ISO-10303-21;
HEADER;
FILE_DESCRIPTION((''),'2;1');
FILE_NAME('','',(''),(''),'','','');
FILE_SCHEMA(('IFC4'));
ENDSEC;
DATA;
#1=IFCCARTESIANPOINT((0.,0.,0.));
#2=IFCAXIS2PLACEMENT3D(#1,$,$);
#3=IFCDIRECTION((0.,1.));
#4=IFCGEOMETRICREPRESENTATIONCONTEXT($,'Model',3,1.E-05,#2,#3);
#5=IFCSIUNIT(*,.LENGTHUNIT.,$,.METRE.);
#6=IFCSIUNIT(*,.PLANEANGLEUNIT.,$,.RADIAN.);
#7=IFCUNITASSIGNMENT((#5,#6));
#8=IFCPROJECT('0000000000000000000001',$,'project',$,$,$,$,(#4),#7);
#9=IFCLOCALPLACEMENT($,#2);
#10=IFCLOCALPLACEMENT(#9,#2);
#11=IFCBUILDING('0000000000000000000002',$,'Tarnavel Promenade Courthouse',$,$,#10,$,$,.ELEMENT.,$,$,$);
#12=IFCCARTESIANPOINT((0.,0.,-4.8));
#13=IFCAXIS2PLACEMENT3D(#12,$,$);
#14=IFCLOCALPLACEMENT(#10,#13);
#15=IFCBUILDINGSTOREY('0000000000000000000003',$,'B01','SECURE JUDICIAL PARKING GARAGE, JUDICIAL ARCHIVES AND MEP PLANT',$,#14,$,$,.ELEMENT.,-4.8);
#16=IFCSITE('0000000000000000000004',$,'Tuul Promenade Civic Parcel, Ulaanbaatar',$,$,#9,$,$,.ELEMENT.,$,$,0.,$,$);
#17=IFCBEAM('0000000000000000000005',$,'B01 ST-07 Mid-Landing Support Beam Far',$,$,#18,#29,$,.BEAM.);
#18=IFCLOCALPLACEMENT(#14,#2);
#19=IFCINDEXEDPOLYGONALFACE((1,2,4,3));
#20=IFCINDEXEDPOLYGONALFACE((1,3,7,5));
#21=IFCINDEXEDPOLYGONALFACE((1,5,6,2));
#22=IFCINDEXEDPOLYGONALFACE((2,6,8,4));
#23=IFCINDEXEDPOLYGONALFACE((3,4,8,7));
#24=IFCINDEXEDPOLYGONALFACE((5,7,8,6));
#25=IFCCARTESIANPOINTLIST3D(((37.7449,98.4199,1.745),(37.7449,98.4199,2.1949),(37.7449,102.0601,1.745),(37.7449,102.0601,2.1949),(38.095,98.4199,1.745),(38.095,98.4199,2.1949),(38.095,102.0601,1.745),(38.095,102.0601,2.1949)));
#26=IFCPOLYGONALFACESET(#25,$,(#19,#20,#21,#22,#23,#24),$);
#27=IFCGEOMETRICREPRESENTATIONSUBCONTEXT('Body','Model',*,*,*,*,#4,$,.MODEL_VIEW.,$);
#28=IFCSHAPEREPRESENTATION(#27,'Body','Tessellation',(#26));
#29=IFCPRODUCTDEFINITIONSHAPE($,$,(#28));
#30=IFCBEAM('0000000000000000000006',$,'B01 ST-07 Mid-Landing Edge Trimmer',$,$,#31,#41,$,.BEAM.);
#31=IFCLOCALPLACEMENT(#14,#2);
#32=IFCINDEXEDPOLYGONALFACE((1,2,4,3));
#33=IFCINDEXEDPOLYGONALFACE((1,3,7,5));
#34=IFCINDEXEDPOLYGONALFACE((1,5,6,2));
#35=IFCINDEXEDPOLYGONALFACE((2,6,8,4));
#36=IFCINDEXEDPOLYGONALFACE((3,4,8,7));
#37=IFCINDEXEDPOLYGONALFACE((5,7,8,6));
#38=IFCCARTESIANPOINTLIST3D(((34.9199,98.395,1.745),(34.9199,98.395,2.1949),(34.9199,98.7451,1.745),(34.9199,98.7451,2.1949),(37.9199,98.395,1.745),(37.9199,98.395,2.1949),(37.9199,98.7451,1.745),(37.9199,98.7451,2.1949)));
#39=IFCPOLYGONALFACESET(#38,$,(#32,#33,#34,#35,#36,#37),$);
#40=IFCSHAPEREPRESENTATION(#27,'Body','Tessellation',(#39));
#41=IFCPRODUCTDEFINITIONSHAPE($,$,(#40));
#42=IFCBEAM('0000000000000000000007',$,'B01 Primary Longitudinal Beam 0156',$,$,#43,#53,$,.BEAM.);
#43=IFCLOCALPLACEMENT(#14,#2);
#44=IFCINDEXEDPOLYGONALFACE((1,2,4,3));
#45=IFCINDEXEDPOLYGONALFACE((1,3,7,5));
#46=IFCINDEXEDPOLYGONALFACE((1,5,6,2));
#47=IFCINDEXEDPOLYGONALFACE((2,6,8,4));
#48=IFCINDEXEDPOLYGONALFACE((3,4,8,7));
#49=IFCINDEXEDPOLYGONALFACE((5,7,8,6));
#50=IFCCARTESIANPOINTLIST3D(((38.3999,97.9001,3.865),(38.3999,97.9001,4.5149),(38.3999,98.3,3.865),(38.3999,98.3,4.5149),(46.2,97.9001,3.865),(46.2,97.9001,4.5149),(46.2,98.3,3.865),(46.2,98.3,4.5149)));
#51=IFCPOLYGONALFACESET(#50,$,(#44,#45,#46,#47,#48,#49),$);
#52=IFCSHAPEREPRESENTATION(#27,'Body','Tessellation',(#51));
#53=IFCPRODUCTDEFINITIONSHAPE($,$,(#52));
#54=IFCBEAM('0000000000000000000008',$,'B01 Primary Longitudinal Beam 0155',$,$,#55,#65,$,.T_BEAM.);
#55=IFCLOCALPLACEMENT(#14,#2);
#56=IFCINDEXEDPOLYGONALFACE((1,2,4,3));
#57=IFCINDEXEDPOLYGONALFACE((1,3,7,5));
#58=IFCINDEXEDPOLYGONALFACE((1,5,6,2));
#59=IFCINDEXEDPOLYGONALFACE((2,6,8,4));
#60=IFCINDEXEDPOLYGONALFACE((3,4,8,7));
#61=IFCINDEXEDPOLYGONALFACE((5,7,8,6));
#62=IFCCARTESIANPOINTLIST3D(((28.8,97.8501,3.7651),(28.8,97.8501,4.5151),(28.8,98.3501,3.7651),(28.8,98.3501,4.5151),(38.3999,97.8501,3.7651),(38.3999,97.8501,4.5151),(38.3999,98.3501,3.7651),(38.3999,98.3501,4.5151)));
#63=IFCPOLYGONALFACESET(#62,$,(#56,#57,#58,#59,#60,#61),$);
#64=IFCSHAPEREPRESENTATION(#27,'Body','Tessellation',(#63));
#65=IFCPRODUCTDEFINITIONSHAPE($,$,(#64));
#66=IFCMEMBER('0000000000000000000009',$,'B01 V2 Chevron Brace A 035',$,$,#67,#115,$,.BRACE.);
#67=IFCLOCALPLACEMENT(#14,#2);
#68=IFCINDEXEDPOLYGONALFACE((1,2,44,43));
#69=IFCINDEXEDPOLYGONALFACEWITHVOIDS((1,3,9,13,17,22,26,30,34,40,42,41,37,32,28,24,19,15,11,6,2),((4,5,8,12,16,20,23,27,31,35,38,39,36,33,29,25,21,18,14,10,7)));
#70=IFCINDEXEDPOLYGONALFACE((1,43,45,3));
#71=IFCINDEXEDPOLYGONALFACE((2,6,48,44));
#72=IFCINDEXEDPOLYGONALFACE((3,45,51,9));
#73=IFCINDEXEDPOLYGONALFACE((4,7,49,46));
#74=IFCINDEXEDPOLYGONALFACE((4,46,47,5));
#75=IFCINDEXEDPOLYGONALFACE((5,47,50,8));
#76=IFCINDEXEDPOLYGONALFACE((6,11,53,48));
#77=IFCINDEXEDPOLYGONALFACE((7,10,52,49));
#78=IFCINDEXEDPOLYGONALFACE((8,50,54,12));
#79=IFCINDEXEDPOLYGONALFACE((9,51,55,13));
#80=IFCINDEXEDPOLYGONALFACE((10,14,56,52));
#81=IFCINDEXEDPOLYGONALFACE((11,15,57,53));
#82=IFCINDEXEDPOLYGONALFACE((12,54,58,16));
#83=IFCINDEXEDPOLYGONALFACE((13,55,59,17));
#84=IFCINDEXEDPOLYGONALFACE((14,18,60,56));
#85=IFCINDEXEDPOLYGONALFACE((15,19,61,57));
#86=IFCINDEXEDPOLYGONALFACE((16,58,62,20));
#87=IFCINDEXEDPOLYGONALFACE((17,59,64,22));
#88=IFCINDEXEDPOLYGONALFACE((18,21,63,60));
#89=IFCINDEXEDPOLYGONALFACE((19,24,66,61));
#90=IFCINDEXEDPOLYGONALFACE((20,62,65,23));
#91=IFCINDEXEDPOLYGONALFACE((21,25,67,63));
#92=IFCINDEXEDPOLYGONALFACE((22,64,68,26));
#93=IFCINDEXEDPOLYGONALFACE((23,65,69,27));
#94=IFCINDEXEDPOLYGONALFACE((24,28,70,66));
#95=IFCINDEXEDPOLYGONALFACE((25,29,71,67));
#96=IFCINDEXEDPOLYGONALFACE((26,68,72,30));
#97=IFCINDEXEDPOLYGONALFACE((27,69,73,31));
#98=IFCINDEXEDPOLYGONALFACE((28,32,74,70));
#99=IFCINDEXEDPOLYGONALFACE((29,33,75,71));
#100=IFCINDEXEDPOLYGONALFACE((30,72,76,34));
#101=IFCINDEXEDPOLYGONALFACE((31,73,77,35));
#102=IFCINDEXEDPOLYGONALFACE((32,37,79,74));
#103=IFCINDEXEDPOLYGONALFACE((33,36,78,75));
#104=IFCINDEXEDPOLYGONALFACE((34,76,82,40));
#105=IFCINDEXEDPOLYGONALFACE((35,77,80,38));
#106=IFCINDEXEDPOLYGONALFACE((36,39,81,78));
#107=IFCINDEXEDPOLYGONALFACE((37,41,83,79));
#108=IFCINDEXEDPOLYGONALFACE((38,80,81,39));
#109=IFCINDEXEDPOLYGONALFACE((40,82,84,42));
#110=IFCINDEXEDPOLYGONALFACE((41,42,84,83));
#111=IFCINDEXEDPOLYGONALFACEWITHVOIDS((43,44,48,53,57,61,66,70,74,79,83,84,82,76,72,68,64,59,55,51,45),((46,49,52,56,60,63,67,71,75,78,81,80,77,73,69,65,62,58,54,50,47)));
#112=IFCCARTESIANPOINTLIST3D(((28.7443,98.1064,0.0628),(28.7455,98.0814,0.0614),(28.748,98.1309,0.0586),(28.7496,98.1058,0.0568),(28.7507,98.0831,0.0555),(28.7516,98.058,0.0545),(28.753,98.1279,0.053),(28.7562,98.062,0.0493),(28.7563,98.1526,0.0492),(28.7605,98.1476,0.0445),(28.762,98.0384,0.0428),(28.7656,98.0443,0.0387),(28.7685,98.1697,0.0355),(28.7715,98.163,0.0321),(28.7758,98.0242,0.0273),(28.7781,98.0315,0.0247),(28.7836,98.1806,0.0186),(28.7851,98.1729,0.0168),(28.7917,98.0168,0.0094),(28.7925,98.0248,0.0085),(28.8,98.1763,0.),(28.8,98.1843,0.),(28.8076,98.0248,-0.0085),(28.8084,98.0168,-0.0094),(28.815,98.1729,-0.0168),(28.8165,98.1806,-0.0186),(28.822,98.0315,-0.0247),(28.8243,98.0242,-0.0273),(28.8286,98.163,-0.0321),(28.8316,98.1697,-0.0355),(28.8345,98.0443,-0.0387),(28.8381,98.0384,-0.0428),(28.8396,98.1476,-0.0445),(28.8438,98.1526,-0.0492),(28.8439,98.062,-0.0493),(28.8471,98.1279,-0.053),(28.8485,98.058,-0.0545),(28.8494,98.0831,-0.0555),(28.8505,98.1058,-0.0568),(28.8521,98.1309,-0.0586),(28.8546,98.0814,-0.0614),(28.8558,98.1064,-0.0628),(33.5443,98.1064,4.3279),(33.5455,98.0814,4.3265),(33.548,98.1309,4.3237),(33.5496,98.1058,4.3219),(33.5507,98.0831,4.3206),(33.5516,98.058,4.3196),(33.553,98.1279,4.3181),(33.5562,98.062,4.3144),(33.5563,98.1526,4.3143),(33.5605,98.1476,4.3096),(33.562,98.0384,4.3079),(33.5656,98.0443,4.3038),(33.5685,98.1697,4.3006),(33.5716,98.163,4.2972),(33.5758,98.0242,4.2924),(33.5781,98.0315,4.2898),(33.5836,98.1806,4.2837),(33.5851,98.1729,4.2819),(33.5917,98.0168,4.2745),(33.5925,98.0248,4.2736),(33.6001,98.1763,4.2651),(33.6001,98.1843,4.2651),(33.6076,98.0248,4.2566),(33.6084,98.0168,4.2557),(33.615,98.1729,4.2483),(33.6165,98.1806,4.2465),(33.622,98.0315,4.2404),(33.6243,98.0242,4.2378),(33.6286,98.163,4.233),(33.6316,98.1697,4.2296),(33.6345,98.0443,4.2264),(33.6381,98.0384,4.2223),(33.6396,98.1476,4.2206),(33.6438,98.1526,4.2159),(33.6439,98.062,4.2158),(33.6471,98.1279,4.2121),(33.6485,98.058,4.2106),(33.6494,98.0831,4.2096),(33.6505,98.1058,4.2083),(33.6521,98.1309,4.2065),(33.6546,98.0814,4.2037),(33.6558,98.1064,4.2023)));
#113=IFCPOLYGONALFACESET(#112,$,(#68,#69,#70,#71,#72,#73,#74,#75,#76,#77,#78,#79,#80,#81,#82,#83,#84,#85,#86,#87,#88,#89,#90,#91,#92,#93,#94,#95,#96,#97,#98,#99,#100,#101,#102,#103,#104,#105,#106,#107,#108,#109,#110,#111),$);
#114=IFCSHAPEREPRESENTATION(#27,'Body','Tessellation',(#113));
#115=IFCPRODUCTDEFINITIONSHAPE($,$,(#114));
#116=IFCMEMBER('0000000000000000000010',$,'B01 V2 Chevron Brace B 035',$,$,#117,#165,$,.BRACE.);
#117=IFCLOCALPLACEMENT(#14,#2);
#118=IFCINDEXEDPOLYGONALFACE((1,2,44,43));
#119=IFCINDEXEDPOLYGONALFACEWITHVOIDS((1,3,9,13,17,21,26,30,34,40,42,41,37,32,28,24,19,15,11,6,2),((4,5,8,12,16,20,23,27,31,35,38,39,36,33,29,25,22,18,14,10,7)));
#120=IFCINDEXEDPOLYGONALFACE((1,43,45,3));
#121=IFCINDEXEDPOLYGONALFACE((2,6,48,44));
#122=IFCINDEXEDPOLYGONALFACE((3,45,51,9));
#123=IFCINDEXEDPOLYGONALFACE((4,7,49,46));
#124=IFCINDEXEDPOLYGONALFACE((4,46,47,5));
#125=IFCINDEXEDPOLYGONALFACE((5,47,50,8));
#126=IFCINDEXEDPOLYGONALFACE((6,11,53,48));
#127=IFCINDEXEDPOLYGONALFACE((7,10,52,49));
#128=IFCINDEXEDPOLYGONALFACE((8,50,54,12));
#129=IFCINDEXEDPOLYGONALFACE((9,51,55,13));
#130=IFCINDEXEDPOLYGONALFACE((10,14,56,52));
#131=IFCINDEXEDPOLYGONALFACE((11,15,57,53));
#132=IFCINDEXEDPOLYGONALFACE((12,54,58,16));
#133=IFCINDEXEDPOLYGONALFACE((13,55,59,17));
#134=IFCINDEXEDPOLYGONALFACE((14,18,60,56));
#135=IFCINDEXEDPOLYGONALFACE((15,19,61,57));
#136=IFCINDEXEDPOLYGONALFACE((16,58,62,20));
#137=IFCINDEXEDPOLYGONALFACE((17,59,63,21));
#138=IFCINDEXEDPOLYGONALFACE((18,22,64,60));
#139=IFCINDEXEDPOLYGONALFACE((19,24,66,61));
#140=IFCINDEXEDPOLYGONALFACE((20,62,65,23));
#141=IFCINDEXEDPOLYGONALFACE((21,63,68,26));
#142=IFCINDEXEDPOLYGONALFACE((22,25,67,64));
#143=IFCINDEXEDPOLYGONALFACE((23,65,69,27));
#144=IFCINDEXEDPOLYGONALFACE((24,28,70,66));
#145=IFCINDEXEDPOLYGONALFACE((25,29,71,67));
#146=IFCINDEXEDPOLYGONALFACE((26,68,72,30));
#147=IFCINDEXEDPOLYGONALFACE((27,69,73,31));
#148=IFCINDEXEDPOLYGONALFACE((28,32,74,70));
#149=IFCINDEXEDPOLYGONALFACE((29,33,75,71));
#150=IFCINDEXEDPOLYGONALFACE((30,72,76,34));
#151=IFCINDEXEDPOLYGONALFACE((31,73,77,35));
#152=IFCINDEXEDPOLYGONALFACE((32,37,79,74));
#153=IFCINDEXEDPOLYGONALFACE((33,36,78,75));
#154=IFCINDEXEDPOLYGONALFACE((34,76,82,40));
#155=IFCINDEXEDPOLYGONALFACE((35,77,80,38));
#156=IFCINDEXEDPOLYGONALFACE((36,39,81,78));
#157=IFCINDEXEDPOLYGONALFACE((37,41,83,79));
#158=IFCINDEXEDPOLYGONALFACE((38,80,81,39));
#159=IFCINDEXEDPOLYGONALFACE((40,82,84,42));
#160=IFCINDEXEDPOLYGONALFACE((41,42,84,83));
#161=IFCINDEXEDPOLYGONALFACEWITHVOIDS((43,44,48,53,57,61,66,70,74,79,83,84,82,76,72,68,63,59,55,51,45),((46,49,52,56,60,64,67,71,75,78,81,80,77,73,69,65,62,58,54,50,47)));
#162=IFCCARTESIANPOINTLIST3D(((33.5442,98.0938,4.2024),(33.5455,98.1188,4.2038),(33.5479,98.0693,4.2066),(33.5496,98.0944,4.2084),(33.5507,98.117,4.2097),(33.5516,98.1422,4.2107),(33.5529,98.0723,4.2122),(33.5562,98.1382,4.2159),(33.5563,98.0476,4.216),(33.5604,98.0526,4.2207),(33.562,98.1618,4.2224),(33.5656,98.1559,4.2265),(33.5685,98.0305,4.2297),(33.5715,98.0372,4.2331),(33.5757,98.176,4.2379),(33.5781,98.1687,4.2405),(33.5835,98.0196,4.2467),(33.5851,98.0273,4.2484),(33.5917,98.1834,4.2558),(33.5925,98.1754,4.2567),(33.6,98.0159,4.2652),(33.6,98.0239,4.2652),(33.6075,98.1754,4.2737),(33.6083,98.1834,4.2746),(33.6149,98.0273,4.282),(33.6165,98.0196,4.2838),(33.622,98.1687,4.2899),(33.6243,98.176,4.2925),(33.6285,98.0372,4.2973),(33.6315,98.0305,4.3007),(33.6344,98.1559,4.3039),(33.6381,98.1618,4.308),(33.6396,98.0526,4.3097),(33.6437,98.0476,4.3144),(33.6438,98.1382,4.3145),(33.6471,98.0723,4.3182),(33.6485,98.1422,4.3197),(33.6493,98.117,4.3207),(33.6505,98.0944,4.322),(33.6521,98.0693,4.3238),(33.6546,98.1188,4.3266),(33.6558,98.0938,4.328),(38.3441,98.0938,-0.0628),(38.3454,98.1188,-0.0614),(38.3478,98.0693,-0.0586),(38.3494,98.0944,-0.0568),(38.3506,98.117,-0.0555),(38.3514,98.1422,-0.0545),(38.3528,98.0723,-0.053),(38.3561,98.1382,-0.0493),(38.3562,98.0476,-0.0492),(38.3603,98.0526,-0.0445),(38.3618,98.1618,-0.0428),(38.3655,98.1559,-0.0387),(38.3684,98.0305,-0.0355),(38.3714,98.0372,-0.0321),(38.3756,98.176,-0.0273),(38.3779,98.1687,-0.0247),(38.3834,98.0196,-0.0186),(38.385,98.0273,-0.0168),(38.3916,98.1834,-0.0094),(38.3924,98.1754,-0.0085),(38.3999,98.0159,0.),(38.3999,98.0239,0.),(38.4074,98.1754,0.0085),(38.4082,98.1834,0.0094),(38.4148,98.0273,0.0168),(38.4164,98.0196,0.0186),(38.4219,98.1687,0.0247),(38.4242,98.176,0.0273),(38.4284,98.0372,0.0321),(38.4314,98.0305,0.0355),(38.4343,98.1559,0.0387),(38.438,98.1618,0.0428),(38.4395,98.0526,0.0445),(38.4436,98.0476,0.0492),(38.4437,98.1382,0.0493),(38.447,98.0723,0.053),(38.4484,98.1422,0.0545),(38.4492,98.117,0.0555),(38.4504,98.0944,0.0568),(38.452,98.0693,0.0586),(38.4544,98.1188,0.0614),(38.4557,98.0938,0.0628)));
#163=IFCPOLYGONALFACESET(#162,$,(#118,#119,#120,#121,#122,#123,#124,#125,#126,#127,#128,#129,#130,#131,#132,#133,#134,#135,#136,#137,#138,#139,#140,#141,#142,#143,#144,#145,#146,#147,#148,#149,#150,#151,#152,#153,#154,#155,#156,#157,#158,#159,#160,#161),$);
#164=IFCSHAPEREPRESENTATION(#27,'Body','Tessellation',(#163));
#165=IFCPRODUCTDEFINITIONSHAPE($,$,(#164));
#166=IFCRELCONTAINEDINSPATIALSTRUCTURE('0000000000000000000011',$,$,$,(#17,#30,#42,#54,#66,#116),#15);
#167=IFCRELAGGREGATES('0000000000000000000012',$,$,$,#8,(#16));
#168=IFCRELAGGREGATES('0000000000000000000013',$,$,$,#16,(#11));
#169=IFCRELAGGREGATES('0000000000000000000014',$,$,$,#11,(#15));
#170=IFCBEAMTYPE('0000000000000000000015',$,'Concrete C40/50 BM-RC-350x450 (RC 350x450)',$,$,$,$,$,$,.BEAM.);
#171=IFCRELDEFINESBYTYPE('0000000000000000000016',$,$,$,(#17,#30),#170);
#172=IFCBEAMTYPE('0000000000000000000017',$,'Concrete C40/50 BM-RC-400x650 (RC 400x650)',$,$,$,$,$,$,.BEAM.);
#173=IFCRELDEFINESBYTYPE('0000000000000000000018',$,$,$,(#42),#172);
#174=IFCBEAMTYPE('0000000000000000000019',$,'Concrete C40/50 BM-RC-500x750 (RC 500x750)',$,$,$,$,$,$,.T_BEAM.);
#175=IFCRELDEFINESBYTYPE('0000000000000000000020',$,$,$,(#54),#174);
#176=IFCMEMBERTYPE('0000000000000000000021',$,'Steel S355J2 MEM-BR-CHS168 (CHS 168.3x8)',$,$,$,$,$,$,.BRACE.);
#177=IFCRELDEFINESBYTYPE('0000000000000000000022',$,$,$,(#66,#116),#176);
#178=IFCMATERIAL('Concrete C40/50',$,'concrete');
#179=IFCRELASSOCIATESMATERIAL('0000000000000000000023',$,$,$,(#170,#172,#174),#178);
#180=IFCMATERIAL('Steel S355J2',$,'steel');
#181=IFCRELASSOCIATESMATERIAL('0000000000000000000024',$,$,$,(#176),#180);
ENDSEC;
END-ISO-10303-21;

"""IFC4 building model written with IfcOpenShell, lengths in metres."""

from ifc_helpers import new_model, si_unit, direction, frame, origin, origin_2d, place, context, subcontext, project, spatial, rectangle, hollow_circle, extrude, material, material_profile, profile_set, type_object, element, save


model = new_model("IFC4")

# Units and contexts
model_context = context("Model", 3, precision=1e-05, world=origin(), true_north=direction((0.0, 1.0)))
body_context = subcontext(model_context, "Body", "Model", "MODEL_VIEW")
ifc_project = project(units=[si_unit("LENGTHUNIT", "METRE"), si_unit("PLANEANGLEUNIT", "RADIAN")], contexts=[model_context])

# Site, building, storey
site_placement = place(None, origin())
site = spatial("IfcSite", under=ifc_project, at=site_placement, Name="Tuul Promenade Civic Parcel, Ulaanbaatar", CompositionType="ELEMENT", RefElevation=0.0)
building_placement = place(site_placement, origin())
building = spatial("IfcBuilding", under=site, at=building_placement, Name="Tarnavel Promenade Courthouse", CompositionType="ELEMENT")
storey_placement = place(building_placement, frame((0.0, 0.0, -4.8)))
storey = spatial("IfcBuildingStorey", under=building, at=storey_placement, Name="B01", Description="SECURE JUDICIAL PARKING GARAGE, JUDICIAL ARCHIVES AND MEP PLANT", CompositionType="ELEMENT", Elevation=-4.8)

# Shared definitions
ifc_material_1 = material(Name="Concrete C40/50", Category="concrete")

# Beams
ifc_material_profile_1 = material_profile(ifc_material_1, rectangle(XDim=0.3501, YDim=0.45, at=origin_2d()), Name="RC 350x450")
ifc_profile_set_1 = profile_set([ifc_material_profile_1], Name="Concrete C40/50")
beam_type_1 = type_object("IfcBeamType", Name="Concrete C40/50 BM-RC-350x450 (RC 350x450)", PredefinedType="BEAM", material=ifc_profile_set_1)
for number, where, z_axis, x_axis, name in (
    (1, (37.9199, 98.4199, 1.97), (0.0, 1.0, 0.0), (-1.0, 0.0, 0.0), "B01 ST-07 Mid-Landing Support Beam Far"),
):
    element("IfcBeam", number, at=place(storey_placement, frame(where, z_axis=z_axis, x_axis=x_axis)), inside=storey, type_object=beam_type_1, Name=name, PredefinedType="BEAM", context=body_context, shape_type="SweptSolid", body=[
        extrude(rectangle(XDim=0.3501, YDim=0.45, at=origin_2d()), origin(), (0.0, 0.0, 1.0), 3.6401),
    ])
beam_1_placement = place(storey_placement, frame((34.9199, 98.5701, 1.97), z_axis=(1.0, 0.0, 0.0), x_axis=(0.0, 1.0, 0.0)))
element("IfcBeam", 2, at=beam_1_placement, inside=storey, type_object=beam_type_1, Name="B01 ST-07 Mid-Landing Edge Trimmer", PredefinedType="BEAM", context=body_context, shape_type="SweptSolid", body=[
    extrude(rectangle(XDim=0.3501, YDim=0.45, at=origin_2d()), origin(), (0.0, 0.0, 1.0), 3.0),
])
ifc_material_profile_2 = material_profile(ifc_material_1, rectangle(XDim=0.3999, YDim=0.6499, at=origin_2d()), Name="RC 400x650")
ifc_profile_set_2 = profile_set([ifc_material_profile_2], Name="Concrete C40/50")
beam_type_2 = type_object("IfcBeamType", Name="Concrete C40/50 BM-RC-400x650 (RC 400x650)", PredefinedType="BEAM", material=ifc_profile_set_2)
beam_2_placement = place(storey_placement, frame((38.3999, 98.1001, 4.1899), z_axis=(1.0, 0.0, 0.0), x_axis=(0.0, 1.0, 0.0)))
element("IfcBeam", 3, at=beam_2_placement, inside=storey, type_object=beam_type_2, Name="B01 Primary Longitudinal Beam 0156", PredefinedType="BEAM", context=body_context, shape_type="SweptSolid", body=[
    extrude(rectangle(XDim=0.3999, YDim=0.6499, at=origin_2d()), origin(), (0.0, 0.0, 1.0), 7.8),
])
ifc_material_profile_3 = material_profile(ifc_material_1, rectangle(XDim=0.5, YDim=0.75, at=origin_2d()), Name="RC 500x750")
ifc_profile_set_3 = profile_set([ifc_material_profile_3], Name="Concrete C40/50")
beam_type_3 = type_object("IfcBeamType", Name="Concrete C40/50 BM-RC-500x750 (RC 500x750)", PredefinedType="T_BEAM", material=ifc_profile_set_3)
beam_3_placement = place(storey_placement, frame((28.8, 98.1001, 4.1401), z_axis=(1.0, 0.0, 0.0), x_axis=(0.0, 1.0, 0.0)))
element("IfcBeam", 4, at=beam_3_placement, inside=storey, type_object=beam_type_3, Name="B01 Primary Longitudinal Beam 0155", PredefinedType="T_BEAM", context=body_context, shape_type="SweptSolid", body=[
    extrude(rectangle(XDim=0.5, YDim=0.75, at=origin_2d()), origin(), (0.0, 0.0, 1.0), 9.5999),
])

# Members
ifc_material_2 = material(Name="Steel S355J2", Category="steel")
ifc_material_profile_4 = material_profile(ifc_material_2, hollow_circle(Radius=0.0842, WallThickness=0.0081, at=origin_2d()), Name="CHS 168.3x8")
ifc_profile_set_4 = profile_set([ifc_material_profile_4], Name="Steel S355J2")
member_type = type_object("IfcMemberType", Name="Steel S355J2 MEM-BR-CHS168 (CHS 168.3x8)", PredefinedType="BRACE", material=ifc_profile_set_4)
for number, where, z_axis, x_axis, name in (
    (5, (28.8, 98.1001, 0.0), (0.747531, 0.0, 0.664227), (0.0, 1.0, 0.0), "B01 V2 Chevron Brace A 035"),
    (6, (38.3999, 98.1001, 0.0), (-0.747514, 0.0, 0.664246), (0.0, -1.0, 0.0), "B01 V2 Chevron Brace B 035"),
):
    element("IfcMember", number, at=place(storey_placement, frame(where, z_axis=z_axis, x_axis=x_axis)), inside=storey, type_object=member_type, Name=name, PredefinedType="BRACE", context=body_context, shape_type="SweptSolid", body=[
        extrude(hollow_circle(Radius=0.0842, WallThickness=0.0081, at=origin_2d()), origin(), (0.0, 0.0, 1.0), 6.4211),
    ])

save(model, "model.ifc")
